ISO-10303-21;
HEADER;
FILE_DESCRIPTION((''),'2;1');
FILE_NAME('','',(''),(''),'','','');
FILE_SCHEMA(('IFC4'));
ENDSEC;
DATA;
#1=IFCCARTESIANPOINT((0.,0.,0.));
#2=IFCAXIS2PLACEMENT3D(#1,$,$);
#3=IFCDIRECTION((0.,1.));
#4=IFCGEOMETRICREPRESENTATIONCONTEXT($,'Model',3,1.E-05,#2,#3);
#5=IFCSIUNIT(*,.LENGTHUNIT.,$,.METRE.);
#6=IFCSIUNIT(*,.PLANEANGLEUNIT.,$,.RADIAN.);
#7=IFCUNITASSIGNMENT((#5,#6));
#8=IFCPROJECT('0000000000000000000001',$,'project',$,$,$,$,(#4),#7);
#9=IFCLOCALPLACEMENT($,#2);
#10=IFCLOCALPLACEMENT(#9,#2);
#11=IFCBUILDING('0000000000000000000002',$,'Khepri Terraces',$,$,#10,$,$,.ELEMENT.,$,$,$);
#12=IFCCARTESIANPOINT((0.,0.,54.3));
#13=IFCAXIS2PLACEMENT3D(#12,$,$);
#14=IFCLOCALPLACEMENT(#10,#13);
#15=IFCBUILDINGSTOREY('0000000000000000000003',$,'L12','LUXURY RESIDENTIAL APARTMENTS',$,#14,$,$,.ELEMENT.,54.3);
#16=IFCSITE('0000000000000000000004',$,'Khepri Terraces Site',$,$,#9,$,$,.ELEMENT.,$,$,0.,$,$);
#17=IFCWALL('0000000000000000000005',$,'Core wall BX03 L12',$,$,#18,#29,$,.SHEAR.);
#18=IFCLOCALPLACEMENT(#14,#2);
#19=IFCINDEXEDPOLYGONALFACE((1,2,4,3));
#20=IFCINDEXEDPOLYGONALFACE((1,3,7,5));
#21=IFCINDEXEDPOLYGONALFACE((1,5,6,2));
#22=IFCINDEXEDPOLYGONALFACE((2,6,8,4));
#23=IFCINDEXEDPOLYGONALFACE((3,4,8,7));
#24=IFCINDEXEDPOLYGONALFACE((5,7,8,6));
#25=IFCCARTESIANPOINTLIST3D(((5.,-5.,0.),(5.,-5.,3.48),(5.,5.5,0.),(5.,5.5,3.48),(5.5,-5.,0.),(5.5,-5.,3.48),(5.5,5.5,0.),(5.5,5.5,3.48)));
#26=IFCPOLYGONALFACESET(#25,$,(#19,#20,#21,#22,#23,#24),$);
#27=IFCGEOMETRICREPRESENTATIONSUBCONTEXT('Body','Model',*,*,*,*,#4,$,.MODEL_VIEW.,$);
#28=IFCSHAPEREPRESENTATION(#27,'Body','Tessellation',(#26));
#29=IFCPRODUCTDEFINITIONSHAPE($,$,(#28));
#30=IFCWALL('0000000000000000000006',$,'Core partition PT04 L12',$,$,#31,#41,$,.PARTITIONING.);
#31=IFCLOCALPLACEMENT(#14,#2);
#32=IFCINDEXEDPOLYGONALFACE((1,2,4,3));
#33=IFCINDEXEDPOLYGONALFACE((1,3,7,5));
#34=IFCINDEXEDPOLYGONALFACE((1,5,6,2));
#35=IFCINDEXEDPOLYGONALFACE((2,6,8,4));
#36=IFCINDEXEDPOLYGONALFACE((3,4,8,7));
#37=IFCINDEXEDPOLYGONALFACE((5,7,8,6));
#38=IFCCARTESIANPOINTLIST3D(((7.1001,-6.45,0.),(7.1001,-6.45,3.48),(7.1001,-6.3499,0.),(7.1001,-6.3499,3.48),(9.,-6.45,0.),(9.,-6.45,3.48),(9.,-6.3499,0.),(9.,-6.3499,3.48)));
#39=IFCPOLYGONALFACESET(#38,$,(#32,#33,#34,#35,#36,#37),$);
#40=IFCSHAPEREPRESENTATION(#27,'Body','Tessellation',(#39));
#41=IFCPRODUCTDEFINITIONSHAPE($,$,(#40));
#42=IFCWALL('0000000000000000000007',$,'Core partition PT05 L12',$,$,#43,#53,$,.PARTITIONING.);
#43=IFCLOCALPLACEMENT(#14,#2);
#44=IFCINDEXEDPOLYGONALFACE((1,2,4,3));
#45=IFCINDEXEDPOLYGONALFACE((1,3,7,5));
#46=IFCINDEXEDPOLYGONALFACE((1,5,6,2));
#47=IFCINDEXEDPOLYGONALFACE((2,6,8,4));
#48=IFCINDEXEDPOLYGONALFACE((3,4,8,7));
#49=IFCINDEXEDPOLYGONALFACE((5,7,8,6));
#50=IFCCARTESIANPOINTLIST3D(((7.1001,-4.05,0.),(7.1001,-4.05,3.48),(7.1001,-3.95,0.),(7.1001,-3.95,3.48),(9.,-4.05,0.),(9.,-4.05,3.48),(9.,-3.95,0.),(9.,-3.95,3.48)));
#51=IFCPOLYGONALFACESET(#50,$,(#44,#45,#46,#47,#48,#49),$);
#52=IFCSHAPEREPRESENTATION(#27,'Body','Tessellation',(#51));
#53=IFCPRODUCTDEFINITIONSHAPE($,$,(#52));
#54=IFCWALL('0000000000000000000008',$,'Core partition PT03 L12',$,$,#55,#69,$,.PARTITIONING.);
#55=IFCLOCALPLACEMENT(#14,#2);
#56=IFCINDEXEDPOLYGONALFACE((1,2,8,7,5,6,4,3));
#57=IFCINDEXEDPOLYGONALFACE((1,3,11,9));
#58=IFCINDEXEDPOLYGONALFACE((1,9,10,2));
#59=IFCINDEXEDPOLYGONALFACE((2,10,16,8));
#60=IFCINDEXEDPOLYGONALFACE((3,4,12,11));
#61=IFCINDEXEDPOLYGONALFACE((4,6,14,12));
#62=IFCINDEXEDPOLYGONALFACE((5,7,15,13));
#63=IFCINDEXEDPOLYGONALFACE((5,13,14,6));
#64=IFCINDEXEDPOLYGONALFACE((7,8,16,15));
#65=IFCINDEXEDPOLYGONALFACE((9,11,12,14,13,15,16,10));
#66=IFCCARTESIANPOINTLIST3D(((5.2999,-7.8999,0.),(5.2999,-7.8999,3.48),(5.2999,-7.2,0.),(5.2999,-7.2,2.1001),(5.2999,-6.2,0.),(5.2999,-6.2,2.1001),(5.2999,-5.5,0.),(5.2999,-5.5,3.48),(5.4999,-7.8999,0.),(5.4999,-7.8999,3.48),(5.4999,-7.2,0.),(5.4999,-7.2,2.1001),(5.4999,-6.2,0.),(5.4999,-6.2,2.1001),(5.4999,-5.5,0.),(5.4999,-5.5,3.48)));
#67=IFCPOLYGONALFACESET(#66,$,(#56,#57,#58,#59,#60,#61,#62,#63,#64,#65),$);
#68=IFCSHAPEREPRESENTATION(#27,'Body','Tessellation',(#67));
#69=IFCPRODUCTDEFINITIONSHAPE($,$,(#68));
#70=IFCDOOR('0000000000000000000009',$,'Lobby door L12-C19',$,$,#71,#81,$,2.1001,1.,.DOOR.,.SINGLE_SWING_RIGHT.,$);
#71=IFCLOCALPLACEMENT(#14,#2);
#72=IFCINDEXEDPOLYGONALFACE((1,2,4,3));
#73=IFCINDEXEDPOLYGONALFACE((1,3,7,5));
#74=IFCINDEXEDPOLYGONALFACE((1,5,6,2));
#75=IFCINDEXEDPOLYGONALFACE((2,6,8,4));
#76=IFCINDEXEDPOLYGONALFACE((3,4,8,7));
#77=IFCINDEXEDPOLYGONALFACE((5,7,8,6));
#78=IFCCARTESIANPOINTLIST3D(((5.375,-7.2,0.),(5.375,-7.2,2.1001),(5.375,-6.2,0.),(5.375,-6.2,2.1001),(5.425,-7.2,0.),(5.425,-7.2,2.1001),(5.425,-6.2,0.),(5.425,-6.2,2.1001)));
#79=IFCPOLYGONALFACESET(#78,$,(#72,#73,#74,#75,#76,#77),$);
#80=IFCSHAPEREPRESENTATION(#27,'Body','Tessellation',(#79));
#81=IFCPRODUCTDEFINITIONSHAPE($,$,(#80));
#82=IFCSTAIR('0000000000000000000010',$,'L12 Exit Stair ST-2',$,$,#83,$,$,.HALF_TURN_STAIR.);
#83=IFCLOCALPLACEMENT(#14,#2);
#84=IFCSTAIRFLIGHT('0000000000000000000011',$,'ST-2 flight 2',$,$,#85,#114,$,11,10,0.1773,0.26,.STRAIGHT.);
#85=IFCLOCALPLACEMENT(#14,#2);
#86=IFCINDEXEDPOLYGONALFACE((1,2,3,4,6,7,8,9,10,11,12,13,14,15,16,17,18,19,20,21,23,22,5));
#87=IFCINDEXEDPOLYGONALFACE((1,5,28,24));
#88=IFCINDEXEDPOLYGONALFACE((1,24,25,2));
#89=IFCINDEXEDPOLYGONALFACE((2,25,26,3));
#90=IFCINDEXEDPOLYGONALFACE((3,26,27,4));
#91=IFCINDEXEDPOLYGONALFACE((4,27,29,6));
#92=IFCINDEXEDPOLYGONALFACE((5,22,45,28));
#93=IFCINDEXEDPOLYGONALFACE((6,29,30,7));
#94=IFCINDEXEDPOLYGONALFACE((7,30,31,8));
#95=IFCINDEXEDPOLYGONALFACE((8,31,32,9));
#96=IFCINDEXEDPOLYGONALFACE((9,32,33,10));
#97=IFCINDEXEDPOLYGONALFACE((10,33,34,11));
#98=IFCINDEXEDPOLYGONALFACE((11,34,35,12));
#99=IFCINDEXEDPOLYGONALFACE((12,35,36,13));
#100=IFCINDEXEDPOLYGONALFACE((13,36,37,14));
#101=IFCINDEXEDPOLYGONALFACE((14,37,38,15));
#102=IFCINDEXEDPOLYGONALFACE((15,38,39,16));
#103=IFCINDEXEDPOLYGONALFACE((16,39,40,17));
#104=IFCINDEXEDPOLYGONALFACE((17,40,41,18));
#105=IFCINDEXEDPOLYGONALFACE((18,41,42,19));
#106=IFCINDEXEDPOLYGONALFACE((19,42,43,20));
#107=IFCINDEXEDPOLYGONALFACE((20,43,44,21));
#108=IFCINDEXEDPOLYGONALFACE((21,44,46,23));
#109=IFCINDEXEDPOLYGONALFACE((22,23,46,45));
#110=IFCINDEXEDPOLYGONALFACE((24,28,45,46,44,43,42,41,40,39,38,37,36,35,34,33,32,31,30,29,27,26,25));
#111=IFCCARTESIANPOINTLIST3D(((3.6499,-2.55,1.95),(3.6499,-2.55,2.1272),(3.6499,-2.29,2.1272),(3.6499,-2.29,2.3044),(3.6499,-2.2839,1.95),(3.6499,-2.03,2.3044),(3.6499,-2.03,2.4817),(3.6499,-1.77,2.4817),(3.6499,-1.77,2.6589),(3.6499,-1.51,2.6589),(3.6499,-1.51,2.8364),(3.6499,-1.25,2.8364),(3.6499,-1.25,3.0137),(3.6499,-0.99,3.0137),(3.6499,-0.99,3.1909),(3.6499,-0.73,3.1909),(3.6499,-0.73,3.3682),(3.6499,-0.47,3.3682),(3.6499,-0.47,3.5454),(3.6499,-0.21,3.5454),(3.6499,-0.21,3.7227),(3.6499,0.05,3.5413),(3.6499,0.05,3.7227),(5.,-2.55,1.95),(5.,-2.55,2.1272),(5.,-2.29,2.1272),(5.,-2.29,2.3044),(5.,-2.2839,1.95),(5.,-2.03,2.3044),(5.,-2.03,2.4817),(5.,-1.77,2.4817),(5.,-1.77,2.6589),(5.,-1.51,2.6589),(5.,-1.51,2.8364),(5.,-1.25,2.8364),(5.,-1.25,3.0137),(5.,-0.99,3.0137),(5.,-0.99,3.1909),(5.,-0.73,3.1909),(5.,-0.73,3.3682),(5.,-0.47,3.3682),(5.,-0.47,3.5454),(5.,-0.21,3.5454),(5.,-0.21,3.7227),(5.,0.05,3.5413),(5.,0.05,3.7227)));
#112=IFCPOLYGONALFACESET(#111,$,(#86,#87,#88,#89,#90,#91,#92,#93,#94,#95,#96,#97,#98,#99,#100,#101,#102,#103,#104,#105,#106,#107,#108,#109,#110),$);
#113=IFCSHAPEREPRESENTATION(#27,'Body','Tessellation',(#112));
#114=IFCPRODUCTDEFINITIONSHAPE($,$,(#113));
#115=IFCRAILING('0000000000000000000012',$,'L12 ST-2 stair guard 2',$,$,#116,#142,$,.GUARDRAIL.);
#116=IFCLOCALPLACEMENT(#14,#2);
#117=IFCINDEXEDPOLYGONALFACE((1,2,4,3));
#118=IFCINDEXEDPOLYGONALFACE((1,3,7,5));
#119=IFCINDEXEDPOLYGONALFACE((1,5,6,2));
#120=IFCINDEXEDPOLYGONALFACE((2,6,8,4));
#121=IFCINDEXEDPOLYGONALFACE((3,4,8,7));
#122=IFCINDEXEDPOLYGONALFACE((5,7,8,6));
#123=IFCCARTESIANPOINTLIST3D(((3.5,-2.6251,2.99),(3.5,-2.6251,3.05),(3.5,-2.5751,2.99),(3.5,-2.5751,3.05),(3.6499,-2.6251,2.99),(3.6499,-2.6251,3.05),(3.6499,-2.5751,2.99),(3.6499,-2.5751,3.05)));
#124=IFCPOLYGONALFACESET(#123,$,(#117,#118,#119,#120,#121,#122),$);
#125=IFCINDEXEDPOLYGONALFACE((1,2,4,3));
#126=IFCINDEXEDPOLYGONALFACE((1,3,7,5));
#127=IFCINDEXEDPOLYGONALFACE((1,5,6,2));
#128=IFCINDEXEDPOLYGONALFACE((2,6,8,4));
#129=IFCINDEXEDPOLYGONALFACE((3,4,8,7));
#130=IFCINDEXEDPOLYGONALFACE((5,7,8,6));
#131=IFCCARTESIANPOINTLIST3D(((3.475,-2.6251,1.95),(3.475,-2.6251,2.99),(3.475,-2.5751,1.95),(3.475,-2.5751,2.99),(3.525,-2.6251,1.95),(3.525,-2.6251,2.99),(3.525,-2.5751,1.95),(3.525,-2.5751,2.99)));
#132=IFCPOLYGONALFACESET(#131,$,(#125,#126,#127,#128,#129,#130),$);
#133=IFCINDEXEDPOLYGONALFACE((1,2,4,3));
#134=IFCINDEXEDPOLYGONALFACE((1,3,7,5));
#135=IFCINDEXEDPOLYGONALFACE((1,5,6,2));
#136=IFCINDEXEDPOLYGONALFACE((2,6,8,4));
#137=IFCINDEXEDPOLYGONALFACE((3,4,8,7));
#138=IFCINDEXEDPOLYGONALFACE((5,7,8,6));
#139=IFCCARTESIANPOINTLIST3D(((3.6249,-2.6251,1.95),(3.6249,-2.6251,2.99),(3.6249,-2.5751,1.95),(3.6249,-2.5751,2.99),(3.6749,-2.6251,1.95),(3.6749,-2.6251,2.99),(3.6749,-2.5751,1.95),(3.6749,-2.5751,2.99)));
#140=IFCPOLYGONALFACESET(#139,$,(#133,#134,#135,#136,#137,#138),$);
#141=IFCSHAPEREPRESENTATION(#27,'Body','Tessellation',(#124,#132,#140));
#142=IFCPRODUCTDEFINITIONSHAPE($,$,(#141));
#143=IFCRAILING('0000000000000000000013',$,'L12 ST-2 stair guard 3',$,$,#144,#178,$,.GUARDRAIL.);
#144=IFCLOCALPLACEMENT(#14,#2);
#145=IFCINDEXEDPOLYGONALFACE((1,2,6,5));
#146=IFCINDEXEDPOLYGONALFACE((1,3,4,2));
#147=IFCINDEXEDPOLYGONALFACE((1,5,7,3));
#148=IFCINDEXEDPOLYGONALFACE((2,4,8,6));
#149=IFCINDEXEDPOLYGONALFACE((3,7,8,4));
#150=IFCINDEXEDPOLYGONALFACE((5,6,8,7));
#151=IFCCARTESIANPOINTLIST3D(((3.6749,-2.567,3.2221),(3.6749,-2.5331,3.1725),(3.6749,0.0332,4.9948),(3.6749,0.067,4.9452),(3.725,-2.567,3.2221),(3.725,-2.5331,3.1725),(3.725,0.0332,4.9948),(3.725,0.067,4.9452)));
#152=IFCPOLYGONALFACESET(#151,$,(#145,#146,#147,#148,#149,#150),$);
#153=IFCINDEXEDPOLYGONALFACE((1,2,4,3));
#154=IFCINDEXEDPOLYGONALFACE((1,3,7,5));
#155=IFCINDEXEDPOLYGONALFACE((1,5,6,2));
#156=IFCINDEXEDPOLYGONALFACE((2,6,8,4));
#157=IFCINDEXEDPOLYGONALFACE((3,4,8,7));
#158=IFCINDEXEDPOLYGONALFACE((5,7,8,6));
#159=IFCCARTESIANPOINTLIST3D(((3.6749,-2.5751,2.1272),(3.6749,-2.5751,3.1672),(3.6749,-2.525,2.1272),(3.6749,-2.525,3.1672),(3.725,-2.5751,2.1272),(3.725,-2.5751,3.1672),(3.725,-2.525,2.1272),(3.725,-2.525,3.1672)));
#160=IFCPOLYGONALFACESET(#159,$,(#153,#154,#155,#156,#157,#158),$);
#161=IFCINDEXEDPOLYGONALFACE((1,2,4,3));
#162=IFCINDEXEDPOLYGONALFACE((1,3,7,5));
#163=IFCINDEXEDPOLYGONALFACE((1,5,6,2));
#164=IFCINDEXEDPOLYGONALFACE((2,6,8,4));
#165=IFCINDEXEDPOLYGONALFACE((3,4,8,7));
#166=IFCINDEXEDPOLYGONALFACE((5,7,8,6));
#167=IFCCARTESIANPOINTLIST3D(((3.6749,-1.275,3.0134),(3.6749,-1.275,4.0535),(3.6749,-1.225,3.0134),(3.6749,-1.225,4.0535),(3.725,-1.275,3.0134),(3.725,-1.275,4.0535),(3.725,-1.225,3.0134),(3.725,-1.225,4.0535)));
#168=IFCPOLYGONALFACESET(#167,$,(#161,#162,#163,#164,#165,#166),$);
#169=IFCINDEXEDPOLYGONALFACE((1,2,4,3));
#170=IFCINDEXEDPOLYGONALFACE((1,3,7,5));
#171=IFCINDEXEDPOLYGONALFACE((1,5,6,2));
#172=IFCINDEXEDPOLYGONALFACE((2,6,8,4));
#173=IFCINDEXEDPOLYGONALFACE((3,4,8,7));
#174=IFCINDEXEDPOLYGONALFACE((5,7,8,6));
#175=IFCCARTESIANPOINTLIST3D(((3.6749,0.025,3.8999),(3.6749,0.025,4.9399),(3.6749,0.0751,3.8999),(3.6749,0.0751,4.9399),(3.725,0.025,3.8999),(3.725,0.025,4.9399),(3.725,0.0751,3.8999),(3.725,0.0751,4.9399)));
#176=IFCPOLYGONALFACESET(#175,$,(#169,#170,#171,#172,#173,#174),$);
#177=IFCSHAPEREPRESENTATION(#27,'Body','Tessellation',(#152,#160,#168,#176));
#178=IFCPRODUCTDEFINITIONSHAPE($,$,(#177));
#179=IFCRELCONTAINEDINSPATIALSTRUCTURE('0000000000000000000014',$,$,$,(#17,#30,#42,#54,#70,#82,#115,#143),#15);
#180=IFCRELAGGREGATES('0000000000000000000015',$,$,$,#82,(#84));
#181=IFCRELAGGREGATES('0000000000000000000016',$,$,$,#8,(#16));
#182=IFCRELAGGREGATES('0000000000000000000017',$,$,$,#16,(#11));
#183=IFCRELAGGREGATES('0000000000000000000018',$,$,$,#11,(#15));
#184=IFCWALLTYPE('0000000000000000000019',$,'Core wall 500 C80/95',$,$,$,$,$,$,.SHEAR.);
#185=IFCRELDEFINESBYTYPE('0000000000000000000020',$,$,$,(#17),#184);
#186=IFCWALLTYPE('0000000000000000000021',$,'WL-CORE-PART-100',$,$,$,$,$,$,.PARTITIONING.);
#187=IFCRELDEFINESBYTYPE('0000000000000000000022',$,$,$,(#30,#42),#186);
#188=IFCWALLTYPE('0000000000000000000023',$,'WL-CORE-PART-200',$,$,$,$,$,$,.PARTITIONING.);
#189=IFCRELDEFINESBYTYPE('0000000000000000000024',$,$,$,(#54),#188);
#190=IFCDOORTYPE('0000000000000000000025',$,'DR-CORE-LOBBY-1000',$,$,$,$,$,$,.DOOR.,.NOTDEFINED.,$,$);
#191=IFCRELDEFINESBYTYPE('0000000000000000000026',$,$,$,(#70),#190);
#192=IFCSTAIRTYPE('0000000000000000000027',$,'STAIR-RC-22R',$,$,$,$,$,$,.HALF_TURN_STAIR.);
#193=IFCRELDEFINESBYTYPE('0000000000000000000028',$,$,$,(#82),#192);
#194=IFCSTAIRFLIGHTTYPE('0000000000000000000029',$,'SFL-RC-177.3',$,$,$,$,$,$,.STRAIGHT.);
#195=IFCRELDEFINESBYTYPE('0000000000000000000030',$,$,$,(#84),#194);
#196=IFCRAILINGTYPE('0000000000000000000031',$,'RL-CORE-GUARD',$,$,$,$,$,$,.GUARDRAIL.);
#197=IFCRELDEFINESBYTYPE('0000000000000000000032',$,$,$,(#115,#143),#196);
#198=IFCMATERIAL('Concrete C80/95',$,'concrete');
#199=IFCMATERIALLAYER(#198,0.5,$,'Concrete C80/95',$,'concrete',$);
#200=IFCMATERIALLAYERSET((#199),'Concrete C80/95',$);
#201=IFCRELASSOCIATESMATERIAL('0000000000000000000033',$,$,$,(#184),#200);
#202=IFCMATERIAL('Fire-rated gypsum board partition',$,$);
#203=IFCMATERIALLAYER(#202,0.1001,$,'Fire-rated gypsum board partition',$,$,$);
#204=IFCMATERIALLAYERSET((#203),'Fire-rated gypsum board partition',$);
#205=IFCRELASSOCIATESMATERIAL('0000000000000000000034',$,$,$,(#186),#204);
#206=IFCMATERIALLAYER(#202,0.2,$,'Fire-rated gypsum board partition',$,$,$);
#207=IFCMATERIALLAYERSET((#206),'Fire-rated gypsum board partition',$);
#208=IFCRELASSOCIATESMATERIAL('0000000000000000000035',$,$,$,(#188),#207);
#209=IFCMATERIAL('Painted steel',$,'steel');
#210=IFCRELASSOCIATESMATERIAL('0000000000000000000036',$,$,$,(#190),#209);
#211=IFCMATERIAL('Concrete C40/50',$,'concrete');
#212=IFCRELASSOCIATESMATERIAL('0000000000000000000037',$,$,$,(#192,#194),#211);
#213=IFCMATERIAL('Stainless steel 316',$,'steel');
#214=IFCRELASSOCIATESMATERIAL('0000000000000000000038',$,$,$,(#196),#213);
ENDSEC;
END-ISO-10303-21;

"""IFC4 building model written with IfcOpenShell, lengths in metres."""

from ifc_helpers import new_model, si_unit, direction, frame, frame_2d, origin, origin_2d, place, context, subcontext, project, spatial, polyline, rectangle, outline, extrude, material, layer, layer_set, type_object, element, fill, aggregate, save


model = new_model("IFC4")

# Units and contexts
model_context = context("Model", 3, precision=1e-05, world=origin(), true_north=direction((0.0, 1.0)))
body_context = subcontext(model_context, "Body", "Model", "MODEL_VIEW")
ifc_project = project(units=[si_unit("LENGTHUNIT", "METRE"), si_unit("PLANEANGLEUNIT", "RADIAN")], contexts=[model_context])

# Site, building, storey
site_placement = place(None, origin())
site = spatial("IfcSite", under=ifc_project, at=site_placement, Name="Khepri Terraces Site", CompositionType="ELEMENT", RefElevation=0.0)
building_placement = place(site_placement, origin())
building = spatial("IfcBuilding", under=site, at=building_placement, Name="Khepri Terraces", CompositionType="ELEMENT")
storey_placement = place(building_placement, frame((0.0, 0.0, 54.3)))
storey = spatial("IfcBuildingStorey", under=building, at=storey_placement, Name="L12", Description="LUXURY RESIDENTIAL APARTMENTS", CompositionType="ELEMENT", Elevation=54.3)

# Shared definitions
ifc_material_1 = material(Name="Concrete C80/95", Category="concrete")
ifc_material_2 = material(Name="Painted steel", Category="steel")

# Walls
ifc_layer_1 = layer(ifc_material_1, 0.5, Name="Concrete C80/95", Category="concrete")
ifc_layer_set_1 = layer_set([ifc_layer_1], Name="Concrete C80/95")
wall_type_1 = type_object("IfcWallType", Name="Core wall 500 C80/95", PredefinedType="SHEAR", material=ifc_layer_set_1)
wall_1_placement = place(storey_placement, frame((5.25, -5.0, 0.0), z_axis=(0.0, 0.0, 1.0), x_axis=(0.0, 1.0, 0.0)))
element("IfcWall", 1, at=wall_1_placement, inside=storey, type_object=wall_type_1, Name="Core wall BX03 L12", PredefinedType="SHEAR", context=body_context, shape_type="SweptSolid", body=[
    extrude(rectangle(XDim=10.5, YDim=0.5, at=frame_2d((5.25, 0.0))), origin(), (0.0, 0.0, 1.0), 3.48),
])
ifc_material_3 = material(Name="Fire-rated gypsum board partition")
ifc_layer_2 = layer(ifc_material_3, 0.1001, Name="Fire-rated gypsum board partition")
ifc_layer_set_2 = layer_set([ifc_layer_2], Name="Fire-rated gypsum board partition")
wall_type_2 = type_object("IfcWallType", Name="WL-CORE-PART-100", PredefinedType="PARTITIONING", material=ifc_layer_set_2)
for number, where, z_axis, x_axis, name in (
    (2, (7.1001, -6.3999, 0.0), (0.0, 0.0, 1.0), (1.0, 0.0, 0.0), "Core partition PT04 L12"),
    (3, (7.1001, -4.0, 0.0), (0.0, 0.0, 1.0), (1.0, 0.0, 0.0), "Core partition PT05 L12"),
):
    element("IfcWall", number, at=place(storey_placement, frame(where, z_axis=z_axis, x_axis=x_axis)), inside=storey, type_object=wall_type_2, Name=name, PredefinedType="PARTITIONING", context=body_context, shape_type="SweptSolid", body=[
        extrude(rectangle(XDim=1.8999, YDim=0.1001, at=frame_2d((0.95, 0.0))), origin(), (0.0, 0.0, 1.0), 3.48),
    ])

# Wall, opening, door
ifc_layer_3 = layer(ifc_material_3, 0.2, Name="Fire-rated gypsum board partition")
ifc_layer_set_3 = layer_set([ifc_layer_3], Name="Fire-rated gypsum board partition")
wall_type_3 = type_object("IfcWallType", Name="WL-CORE-PART-200", PredefinedType="PARTITIONING", material=ifc_layer_set_3)
wall_2_placement = place(storey_placement, frame((5.3999, -7.8999, 0.0), z_axis=(0.0, 0.0, 1.0), x_axis=(0.0, 1.0, 0.0)))
wall_2 = element("IfcWall", 4, at=wall_2_placement, inside=storey, type_object=wall_type_3, Name="Core partition PT03 L12", PredefinedType="PARTITIONING", context=body_context, shape_type="SweptSolid", body=[
    extrude(rectangle(XDim=2.3999, YDim=0.2, at=frame_2d((1.2, 0.0))), origin(), (0.0, 0.0, 1.0), 3.48),
])
opening_1_placement = place(wall_2_placement, frame((0.7, 0.0, 0.0)))
opening_1 = element("IfcOpeningElement", 5, at=opening_1_placement, cuts=wall_2, PredefinedType="OPENING", context=body_context, shape_type="SweptSolid", body=[
    extrude(rectangle(XDim=1.0, YDim=2.1001, at=frame_2d((0.5, 1.05))), frame((0.0, 0.1099, 0.0), z_axis=(0.0, -1.0, 0.0), x_axis=(1.0, 0.0, 0.0)), (0.0, 0.0, 1.0), 0.22),
])
door_type_1 = type_object("IfcDoorType", Name="DR-CORE-LOBBY-1000", OperationType="NOTDEFINED", PredefinedType="DOOR", material=ifc_material_2)
door_1_placement = place(opening_1_placement, origin())
door_1 = element("IfcDoor", 6, at=door_1_placement, inside=storey, type_object=door_type_1, Name="Lobby door L12-C19", OperationType="SINGLE_SWING_RIGHT", OverallHeight=2.1001, OverallWidth=1.0, PredefinedType="DOOR", context=body_context, shape_type="SweptSolid", body=[
    extrude(rectangle(XDim=1.0, YDim=2.1001, at=frame_2d((0.5, 1.05))), frame((0.0, 0.0249, 0.0), z_axis=(0.0, -1.0, 0.0), x_axis=(1.0, 0.0, 0.0)), (0.0, 0.0, 1.0), 0.05),
])
fill(opening_1, door_1)

# Stair, stair flight
ifc_material_4 = material(Name="Concrete C40/50", Category="concrete")
stair_type = type_object("IfcStairType", Name="STAIR-RC-22R", PredefinedType="HALF_TURN_STAIR", material=ifc_material_4)
stair_placement = place(storey_placement, origin())
stair = element("IfcStair", 7, at=stair_placement, inside=storey, type_object=stair_type, Name="L12 Exit Stair ST-2", PredefinedType="HALF_TURN_STAIR")
stair_flight_type = type_object("IfcStairFlightType", Name="SFL-RC-177.3", PredefinedType="STRAIGHT", material=ifc_material_4)
stair_flight_placement = place(storey_placement, frame((4.325, -2.55, 1.95), z_axis=(0.0, 0.0, 1.0), x_axis=(0.0, 1.0, 0.0)))
stair_flight = element("IfcStairFlight", 8, at=stair_flight_placement, type_object=stair_flight_type, Name="ST-2 flight 2", NumberOfRisers=11, NumberOfTreads=10, PredefinedType="STRAIGHT", RiserHeight=0.1773, TreadLength=0.26, context=body_context, shape_type="SweptSolid", body=[
    extrude(outline(polyline([(0.0, 0.0), (0.0, 0.1772), (0.26, 0.1772), (0.26, 0.3545), (0.52, 0.3545), (0.52, 0.5317), (0.78, 0.5317), (0.78, 0.709), (1.04, 0.709), (1.04, 0.8865), (1.3, 0.8865), (1.3, 1.0637), (1.5601, 1.0637), (1.5601, 1.241), (1.8201, 1.241), (1.8201, 1.4182), (2.0801, 1.4182), (2.0801, 1.5955), (2.3401, 1.5955), (2.3401, 1.7727), (2.6001, 1.7727), (2.6001, 1.95), (2.6001, 1.5913), (0.2661, 0.0), (0.0, 0.0)])), frame((0.0, 0.675, 0.0), z_axis=(0.0, -1.0, 0.0), x_axis=(1.0, 0.0, 0.0)), (0.0, 0.0, 1.0), 1.3501),
])
aggregate(stair, [stair_flight])

# Railings
ifc_material_5 = material(Name="Stainless steel 316", Category="steel")
railing_type_1 = type_object("IfcRailingType", Name="RL-CORE-GUARD", PredefinedType="GUARDRAIL", material=ifc_material_5)
railing_1_placement = place(storey_placement, frame((3.5, -2.6001, 1.95)))
element("IfcRailing", 9, at=railing_1_placement, inside=storey, type_object=railing_type_1, Name="L12 ST-2 stair guard 2", PredefinedType="GUARDRAIL", context=body_context, shape_type="SweptSolid", body=[
    extrude(rectangle(XDim=0.05, YDim=0.0601, at=origin_2d()), frame((0.0, 0.0, 1.0701), z_axis=(1.0, 0.0, 0.0), x_axis=(0.0, 1.0, 0.0)), (0.0, 0.0, 1.0), 0.1499),
    extrude(rectangle(XDim=0.05, YDim=0.05, at=origin_2d()), origin(), (0.0, 0.0, 1.0), 1.04),
    extrude(rectangle(XDim=0.05, YDim=0.05, at=origin_2d()), frame((0.1499, 0.0, 0.0)), (0.0, 0.0, 1.0), 1.04),
])
railing_2_placement = place(storey_placement, frame((3.7, -2.55, 2.1272)))
element("IfcRailing", 10, at=railing_2_placement, inside=storey, type_object=railing_type_1, Name="L12 ST-2 stair guard 3", PredefinedType="GUARDRAIL", context=body_context, shape_type="SweptSolid", body=[
    extrude(rectangle(XDim=0.05, YDim=0.0601, at=origin_2d()), frame((0.0, 0.0, 1.0701), z_axis=(0.0, 0.82624, 0.563318), x_axis=(-1.0, 0.0, 0.0)), (0.0, 0.0, 1.0), 3.147),
    extrude(rectangle(XDim=0.05, YDim=0.05, at=origin_2d()), origin(), (0.0, 0.0, 1.0), 1.04),
    extrude(rectangle(XDim=0.05, YDim=0.05, at=origin_2d()), frame((0.0, 1.3, 0.8862)), (0.0, 0.0, 1.0), 1.04),
    extrude(rectangle(XDim=0.05, YDim=0.05, at=origin_2d()), frame((0.0, 2.6001, 1.7727)), (0.0, 0.0, 1.0), 1.04),
])

save(model, "model.ifc")
